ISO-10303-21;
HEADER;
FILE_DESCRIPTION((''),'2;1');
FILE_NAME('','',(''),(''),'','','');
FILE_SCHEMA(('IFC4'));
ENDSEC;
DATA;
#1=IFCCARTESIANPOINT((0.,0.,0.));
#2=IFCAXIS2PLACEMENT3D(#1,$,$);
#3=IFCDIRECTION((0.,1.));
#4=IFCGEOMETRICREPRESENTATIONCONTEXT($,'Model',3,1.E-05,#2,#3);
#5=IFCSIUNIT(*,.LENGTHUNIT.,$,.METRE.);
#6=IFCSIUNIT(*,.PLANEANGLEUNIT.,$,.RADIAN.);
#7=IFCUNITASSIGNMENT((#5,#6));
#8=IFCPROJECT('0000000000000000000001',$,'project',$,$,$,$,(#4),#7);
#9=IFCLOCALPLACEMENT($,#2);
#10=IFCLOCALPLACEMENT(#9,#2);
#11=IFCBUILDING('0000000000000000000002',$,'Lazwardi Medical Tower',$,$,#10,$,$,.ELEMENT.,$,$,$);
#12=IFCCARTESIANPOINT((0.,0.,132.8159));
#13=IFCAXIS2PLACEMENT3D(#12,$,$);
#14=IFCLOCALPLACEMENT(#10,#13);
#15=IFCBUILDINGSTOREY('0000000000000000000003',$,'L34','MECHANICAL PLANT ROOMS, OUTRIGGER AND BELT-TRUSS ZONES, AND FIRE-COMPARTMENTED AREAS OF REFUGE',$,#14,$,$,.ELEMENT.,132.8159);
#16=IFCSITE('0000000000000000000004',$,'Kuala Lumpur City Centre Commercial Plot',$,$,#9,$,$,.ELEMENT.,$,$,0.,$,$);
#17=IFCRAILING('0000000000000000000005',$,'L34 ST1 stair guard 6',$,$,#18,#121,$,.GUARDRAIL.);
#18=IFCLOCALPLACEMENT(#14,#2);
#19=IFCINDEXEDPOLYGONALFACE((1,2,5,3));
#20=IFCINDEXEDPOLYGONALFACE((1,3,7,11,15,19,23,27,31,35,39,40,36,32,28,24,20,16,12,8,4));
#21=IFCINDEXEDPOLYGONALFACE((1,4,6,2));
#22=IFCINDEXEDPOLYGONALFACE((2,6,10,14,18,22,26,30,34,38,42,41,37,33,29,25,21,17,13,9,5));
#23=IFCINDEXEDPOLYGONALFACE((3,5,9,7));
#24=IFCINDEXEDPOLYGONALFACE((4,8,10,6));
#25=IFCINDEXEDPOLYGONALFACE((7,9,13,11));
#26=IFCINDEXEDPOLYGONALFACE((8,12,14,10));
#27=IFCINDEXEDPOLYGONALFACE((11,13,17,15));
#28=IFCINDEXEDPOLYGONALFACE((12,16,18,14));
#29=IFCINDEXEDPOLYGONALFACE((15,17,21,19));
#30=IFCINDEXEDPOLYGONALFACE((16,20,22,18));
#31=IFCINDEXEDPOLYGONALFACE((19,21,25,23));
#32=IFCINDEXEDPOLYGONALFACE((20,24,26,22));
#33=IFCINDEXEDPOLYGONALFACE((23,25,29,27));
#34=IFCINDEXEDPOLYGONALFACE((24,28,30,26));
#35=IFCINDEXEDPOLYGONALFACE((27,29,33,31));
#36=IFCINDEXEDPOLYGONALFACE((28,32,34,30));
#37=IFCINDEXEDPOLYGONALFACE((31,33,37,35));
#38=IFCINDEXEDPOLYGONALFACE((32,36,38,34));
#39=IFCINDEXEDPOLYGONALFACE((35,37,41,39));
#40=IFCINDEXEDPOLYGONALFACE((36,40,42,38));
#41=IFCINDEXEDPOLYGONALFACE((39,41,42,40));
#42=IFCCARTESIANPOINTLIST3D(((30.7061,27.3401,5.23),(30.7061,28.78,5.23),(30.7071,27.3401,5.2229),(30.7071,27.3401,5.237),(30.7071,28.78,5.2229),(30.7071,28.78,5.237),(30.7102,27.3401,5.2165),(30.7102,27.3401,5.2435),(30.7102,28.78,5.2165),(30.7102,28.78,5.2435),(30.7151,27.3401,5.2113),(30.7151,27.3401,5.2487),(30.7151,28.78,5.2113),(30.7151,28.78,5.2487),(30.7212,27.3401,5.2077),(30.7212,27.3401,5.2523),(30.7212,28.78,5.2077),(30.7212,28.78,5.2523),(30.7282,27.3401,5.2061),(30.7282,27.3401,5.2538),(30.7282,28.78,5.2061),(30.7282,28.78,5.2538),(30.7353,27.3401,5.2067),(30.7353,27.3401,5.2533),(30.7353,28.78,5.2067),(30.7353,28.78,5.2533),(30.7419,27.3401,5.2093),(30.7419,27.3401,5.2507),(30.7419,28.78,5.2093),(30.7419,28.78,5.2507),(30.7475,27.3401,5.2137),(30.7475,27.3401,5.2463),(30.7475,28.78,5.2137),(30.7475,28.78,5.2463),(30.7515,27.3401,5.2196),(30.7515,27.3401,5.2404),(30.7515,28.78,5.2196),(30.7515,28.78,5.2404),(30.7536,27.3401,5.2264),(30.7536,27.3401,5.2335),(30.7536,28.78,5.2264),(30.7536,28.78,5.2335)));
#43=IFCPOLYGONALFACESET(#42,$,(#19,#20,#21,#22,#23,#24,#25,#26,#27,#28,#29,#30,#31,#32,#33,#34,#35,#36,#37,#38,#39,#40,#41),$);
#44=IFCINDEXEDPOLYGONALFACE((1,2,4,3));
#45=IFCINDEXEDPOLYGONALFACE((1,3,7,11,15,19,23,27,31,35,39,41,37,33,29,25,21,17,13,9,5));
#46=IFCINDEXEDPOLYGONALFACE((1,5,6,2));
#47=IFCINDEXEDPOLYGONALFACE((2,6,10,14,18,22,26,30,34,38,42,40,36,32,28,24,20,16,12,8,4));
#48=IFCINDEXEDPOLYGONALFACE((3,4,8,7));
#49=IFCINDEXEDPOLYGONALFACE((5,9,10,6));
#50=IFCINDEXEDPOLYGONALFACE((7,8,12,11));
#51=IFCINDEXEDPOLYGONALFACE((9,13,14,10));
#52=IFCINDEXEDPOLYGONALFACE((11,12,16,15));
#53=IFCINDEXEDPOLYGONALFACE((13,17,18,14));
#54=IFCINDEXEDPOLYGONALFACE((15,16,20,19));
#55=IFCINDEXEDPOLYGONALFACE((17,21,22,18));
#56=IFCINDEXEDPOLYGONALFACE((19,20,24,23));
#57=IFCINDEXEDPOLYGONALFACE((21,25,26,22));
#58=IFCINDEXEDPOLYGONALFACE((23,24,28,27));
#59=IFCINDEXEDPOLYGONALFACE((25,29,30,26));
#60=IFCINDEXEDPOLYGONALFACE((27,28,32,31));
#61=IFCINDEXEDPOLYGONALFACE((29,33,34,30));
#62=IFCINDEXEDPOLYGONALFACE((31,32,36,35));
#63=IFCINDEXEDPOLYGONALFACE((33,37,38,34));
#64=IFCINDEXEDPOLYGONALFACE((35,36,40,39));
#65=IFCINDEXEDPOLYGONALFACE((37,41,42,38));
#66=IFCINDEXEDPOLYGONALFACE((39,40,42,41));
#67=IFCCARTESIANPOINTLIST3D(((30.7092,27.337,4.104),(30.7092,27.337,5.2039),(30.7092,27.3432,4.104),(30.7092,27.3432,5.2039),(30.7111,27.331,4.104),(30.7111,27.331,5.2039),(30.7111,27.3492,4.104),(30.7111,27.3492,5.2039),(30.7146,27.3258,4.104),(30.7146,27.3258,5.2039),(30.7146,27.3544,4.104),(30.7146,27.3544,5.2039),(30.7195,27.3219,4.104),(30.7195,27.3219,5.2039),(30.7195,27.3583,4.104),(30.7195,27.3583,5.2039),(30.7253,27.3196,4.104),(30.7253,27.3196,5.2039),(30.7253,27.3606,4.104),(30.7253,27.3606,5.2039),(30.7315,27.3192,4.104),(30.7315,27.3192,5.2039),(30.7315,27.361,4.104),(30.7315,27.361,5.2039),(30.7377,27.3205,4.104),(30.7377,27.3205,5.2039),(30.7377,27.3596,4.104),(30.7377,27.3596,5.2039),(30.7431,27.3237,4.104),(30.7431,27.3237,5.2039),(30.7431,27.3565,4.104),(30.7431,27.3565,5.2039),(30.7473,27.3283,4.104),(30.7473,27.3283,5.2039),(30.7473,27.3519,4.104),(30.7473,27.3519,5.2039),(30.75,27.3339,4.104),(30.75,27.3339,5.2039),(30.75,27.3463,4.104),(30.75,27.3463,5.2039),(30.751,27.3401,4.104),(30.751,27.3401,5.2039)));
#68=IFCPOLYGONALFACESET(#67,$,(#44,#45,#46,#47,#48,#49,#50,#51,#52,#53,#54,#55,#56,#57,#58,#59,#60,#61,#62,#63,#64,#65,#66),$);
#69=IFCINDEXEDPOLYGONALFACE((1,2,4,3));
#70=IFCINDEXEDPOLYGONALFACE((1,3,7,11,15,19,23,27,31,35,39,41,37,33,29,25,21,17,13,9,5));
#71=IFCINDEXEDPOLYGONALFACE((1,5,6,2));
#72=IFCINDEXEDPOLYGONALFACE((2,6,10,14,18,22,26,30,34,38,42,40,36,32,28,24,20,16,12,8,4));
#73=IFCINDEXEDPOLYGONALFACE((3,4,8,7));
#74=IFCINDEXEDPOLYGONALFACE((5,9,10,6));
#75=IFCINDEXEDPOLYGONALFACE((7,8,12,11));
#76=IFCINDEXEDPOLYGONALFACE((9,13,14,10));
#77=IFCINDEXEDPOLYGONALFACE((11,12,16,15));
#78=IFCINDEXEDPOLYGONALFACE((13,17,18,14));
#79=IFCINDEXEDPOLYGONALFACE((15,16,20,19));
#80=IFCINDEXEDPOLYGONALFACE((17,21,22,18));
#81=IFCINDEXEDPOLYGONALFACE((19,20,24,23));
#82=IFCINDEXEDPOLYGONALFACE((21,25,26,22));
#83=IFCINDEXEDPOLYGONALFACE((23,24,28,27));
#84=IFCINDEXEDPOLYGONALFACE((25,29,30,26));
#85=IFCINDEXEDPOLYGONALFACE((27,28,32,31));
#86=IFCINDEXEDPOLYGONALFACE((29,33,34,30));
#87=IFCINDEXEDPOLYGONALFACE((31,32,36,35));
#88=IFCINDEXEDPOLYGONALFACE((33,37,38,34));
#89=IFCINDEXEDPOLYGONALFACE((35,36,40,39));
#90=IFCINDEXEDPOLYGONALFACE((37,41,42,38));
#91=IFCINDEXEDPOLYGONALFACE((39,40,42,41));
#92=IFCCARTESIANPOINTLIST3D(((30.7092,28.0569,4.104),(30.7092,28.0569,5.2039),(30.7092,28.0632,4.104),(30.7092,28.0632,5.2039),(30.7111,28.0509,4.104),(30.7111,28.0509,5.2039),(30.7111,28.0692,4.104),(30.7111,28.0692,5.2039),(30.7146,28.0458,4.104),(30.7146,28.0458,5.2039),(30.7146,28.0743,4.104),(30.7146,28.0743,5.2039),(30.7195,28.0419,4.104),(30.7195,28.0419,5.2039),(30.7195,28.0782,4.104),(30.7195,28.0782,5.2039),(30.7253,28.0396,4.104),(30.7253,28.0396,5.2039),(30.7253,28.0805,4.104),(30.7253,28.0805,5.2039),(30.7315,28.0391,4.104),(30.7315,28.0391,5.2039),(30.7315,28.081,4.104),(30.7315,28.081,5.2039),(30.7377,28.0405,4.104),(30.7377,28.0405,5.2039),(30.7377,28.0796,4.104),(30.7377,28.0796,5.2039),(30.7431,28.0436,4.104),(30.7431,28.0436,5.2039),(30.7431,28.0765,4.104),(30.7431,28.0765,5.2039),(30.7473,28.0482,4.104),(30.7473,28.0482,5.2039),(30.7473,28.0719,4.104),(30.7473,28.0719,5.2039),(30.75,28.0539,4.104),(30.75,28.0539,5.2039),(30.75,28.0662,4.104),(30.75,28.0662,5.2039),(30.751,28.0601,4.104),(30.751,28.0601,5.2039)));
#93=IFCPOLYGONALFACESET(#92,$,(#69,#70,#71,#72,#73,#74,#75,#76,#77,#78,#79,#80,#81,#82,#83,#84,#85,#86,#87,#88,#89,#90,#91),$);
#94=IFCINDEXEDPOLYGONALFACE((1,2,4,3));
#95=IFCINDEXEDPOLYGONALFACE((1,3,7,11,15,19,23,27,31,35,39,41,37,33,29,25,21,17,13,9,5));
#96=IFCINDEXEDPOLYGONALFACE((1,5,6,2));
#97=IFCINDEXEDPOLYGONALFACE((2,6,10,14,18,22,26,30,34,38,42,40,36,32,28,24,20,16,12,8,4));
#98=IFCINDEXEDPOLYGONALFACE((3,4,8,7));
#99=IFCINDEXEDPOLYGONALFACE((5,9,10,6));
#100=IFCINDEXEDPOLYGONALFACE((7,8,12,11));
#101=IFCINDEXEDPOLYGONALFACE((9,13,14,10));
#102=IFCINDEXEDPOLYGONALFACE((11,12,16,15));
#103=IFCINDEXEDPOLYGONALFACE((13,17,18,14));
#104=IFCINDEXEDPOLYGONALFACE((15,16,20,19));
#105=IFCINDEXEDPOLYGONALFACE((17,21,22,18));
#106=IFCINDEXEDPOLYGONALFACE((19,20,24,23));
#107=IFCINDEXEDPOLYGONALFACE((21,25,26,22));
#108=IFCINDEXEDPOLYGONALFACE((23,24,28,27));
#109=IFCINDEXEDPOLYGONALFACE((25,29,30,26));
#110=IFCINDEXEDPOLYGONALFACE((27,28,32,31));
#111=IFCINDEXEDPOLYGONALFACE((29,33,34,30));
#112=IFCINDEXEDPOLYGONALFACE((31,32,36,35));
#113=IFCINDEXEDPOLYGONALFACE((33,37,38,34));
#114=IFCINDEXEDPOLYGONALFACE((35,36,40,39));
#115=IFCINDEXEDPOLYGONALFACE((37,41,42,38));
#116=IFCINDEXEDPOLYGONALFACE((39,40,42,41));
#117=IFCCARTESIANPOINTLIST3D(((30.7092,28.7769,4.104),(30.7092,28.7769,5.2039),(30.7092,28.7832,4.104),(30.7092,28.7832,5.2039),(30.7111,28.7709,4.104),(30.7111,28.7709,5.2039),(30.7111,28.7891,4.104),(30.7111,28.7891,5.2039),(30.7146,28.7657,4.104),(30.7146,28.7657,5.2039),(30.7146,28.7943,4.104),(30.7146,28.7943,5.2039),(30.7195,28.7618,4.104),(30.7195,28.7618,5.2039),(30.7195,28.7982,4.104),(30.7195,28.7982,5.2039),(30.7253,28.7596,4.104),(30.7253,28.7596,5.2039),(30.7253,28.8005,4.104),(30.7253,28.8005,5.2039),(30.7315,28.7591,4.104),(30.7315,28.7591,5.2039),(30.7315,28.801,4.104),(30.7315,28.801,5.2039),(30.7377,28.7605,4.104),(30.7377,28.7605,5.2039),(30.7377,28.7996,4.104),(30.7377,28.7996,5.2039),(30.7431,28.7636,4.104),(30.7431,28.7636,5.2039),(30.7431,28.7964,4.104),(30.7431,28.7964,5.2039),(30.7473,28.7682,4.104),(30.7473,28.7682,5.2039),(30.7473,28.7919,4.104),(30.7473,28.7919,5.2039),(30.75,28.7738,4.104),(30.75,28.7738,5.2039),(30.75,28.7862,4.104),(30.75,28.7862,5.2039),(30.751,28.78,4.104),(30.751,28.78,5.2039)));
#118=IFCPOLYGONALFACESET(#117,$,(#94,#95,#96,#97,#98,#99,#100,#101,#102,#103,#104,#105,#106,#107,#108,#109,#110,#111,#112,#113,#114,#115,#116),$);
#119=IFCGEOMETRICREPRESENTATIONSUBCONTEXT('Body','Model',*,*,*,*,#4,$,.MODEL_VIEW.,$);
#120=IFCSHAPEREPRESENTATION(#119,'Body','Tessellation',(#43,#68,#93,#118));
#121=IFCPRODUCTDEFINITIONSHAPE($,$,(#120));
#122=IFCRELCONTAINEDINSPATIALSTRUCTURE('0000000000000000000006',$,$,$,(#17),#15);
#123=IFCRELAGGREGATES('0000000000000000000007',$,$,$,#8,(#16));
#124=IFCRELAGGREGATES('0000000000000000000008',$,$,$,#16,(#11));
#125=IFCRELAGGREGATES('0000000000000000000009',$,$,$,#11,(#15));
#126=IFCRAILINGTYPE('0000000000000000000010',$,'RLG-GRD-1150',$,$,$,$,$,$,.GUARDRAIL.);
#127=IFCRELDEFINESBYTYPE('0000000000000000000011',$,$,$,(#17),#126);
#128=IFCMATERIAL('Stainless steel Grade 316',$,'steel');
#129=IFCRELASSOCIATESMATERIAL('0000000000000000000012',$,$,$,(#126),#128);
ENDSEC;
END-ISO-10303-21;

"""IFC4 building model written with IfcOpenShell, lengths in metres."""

from ifc_helpers import new_model, si_unit, direction, frame, origin, origin_2d, place, context, subcontext, project, spatial, circle, extrude, material, type_object, element, save


model = new_model("IFC4")

# Units and contexts
model_context = context("Model", 3, precision=1e-05, world=origin(), true_north=direction((0.0, 1.0)))
body_context = subcontext(model_context, "Body", "Model", "MODEL_VIEW")
ifc_project = project(units=[si_unit("LENGTHUNIT", "METRE"), si_unit("PLANEANGLEUNIT", "RADIAN")], contexts=[model_context])

# Site, building, storey
site_placement = place(None, origin())
site = spatial("IfcSite", under=ifc_project, at=site_placement, Name="Kuala Lumpur City Centre Commercial Plot", CompositionType="ELEMENT", RefElevation=0.0)
building_placement = place(site_placement, origin())
building = spatial("IfcBuilding", under=site, at=building_placement, Name="Lazwardi Medical Tower", CompositionType="ELEMENT")
storey_placement = place(building_placement, frame((0.0, 0.0, 132.8159)))
storey = spatial("IfcBuildingStorey", under=building, at=storey_placement, Name="L34", Description="MECHANICAL PLANT ROOMS, OUTRIGGER AND BELT-TRUSS ZONES, AND FIRE-COMPARTMENTED AREAS OF REFUGE", CompositionType="ELEMENT", Elevation=132.8159)

# Railing
ifc_material_1 = material(Name="Stainless steel Grade 316", Category="steel")
railing_type_1 = type_object("IfcRailingType", Name="RLG-GRD-1150", PredefinedType="GUARDRAIL", material=ifc_material_1)
railing_1_placement = place(storey_placement, frame((30.73, 27.3401, 4.104)))
element("IfcRailing", 1, at=railing_1_placement, inside=storey, type_object=railing_type_1, Name="L34 ST1 stair guard 6", PredefinedType="GUARDRAIL", context=body_context, shape_type="SweptSolid", body=[
    extrude(circle(Radius=0.0239, at=origin_2d()), frame((0.0, 0.0, 1.126), z_axis=(0.0, 1.0, 0.0), x_axis=(-1.0, 0.0, 0.0)), (0.0, 0.0, 1.0), 1.4399),
    extrude(circle(Radius=0.021, at=origin_2d()), origin(), (0.0, 0.0, 1.0), 1.0999),
    extrude(circle(Radius=0.021, at=origin_2d()), frame((0.0, 0.72, 0.0)), (0.0, 0.0, 1.0), 1.0999),
    extrude(circle(Radius=0.021, at=origin_2d()), frame((0.0, 1.4399, 0.0)), (0.0, 0.0, 1.0), 1.0999),
])

save(model, "model.ifc")
